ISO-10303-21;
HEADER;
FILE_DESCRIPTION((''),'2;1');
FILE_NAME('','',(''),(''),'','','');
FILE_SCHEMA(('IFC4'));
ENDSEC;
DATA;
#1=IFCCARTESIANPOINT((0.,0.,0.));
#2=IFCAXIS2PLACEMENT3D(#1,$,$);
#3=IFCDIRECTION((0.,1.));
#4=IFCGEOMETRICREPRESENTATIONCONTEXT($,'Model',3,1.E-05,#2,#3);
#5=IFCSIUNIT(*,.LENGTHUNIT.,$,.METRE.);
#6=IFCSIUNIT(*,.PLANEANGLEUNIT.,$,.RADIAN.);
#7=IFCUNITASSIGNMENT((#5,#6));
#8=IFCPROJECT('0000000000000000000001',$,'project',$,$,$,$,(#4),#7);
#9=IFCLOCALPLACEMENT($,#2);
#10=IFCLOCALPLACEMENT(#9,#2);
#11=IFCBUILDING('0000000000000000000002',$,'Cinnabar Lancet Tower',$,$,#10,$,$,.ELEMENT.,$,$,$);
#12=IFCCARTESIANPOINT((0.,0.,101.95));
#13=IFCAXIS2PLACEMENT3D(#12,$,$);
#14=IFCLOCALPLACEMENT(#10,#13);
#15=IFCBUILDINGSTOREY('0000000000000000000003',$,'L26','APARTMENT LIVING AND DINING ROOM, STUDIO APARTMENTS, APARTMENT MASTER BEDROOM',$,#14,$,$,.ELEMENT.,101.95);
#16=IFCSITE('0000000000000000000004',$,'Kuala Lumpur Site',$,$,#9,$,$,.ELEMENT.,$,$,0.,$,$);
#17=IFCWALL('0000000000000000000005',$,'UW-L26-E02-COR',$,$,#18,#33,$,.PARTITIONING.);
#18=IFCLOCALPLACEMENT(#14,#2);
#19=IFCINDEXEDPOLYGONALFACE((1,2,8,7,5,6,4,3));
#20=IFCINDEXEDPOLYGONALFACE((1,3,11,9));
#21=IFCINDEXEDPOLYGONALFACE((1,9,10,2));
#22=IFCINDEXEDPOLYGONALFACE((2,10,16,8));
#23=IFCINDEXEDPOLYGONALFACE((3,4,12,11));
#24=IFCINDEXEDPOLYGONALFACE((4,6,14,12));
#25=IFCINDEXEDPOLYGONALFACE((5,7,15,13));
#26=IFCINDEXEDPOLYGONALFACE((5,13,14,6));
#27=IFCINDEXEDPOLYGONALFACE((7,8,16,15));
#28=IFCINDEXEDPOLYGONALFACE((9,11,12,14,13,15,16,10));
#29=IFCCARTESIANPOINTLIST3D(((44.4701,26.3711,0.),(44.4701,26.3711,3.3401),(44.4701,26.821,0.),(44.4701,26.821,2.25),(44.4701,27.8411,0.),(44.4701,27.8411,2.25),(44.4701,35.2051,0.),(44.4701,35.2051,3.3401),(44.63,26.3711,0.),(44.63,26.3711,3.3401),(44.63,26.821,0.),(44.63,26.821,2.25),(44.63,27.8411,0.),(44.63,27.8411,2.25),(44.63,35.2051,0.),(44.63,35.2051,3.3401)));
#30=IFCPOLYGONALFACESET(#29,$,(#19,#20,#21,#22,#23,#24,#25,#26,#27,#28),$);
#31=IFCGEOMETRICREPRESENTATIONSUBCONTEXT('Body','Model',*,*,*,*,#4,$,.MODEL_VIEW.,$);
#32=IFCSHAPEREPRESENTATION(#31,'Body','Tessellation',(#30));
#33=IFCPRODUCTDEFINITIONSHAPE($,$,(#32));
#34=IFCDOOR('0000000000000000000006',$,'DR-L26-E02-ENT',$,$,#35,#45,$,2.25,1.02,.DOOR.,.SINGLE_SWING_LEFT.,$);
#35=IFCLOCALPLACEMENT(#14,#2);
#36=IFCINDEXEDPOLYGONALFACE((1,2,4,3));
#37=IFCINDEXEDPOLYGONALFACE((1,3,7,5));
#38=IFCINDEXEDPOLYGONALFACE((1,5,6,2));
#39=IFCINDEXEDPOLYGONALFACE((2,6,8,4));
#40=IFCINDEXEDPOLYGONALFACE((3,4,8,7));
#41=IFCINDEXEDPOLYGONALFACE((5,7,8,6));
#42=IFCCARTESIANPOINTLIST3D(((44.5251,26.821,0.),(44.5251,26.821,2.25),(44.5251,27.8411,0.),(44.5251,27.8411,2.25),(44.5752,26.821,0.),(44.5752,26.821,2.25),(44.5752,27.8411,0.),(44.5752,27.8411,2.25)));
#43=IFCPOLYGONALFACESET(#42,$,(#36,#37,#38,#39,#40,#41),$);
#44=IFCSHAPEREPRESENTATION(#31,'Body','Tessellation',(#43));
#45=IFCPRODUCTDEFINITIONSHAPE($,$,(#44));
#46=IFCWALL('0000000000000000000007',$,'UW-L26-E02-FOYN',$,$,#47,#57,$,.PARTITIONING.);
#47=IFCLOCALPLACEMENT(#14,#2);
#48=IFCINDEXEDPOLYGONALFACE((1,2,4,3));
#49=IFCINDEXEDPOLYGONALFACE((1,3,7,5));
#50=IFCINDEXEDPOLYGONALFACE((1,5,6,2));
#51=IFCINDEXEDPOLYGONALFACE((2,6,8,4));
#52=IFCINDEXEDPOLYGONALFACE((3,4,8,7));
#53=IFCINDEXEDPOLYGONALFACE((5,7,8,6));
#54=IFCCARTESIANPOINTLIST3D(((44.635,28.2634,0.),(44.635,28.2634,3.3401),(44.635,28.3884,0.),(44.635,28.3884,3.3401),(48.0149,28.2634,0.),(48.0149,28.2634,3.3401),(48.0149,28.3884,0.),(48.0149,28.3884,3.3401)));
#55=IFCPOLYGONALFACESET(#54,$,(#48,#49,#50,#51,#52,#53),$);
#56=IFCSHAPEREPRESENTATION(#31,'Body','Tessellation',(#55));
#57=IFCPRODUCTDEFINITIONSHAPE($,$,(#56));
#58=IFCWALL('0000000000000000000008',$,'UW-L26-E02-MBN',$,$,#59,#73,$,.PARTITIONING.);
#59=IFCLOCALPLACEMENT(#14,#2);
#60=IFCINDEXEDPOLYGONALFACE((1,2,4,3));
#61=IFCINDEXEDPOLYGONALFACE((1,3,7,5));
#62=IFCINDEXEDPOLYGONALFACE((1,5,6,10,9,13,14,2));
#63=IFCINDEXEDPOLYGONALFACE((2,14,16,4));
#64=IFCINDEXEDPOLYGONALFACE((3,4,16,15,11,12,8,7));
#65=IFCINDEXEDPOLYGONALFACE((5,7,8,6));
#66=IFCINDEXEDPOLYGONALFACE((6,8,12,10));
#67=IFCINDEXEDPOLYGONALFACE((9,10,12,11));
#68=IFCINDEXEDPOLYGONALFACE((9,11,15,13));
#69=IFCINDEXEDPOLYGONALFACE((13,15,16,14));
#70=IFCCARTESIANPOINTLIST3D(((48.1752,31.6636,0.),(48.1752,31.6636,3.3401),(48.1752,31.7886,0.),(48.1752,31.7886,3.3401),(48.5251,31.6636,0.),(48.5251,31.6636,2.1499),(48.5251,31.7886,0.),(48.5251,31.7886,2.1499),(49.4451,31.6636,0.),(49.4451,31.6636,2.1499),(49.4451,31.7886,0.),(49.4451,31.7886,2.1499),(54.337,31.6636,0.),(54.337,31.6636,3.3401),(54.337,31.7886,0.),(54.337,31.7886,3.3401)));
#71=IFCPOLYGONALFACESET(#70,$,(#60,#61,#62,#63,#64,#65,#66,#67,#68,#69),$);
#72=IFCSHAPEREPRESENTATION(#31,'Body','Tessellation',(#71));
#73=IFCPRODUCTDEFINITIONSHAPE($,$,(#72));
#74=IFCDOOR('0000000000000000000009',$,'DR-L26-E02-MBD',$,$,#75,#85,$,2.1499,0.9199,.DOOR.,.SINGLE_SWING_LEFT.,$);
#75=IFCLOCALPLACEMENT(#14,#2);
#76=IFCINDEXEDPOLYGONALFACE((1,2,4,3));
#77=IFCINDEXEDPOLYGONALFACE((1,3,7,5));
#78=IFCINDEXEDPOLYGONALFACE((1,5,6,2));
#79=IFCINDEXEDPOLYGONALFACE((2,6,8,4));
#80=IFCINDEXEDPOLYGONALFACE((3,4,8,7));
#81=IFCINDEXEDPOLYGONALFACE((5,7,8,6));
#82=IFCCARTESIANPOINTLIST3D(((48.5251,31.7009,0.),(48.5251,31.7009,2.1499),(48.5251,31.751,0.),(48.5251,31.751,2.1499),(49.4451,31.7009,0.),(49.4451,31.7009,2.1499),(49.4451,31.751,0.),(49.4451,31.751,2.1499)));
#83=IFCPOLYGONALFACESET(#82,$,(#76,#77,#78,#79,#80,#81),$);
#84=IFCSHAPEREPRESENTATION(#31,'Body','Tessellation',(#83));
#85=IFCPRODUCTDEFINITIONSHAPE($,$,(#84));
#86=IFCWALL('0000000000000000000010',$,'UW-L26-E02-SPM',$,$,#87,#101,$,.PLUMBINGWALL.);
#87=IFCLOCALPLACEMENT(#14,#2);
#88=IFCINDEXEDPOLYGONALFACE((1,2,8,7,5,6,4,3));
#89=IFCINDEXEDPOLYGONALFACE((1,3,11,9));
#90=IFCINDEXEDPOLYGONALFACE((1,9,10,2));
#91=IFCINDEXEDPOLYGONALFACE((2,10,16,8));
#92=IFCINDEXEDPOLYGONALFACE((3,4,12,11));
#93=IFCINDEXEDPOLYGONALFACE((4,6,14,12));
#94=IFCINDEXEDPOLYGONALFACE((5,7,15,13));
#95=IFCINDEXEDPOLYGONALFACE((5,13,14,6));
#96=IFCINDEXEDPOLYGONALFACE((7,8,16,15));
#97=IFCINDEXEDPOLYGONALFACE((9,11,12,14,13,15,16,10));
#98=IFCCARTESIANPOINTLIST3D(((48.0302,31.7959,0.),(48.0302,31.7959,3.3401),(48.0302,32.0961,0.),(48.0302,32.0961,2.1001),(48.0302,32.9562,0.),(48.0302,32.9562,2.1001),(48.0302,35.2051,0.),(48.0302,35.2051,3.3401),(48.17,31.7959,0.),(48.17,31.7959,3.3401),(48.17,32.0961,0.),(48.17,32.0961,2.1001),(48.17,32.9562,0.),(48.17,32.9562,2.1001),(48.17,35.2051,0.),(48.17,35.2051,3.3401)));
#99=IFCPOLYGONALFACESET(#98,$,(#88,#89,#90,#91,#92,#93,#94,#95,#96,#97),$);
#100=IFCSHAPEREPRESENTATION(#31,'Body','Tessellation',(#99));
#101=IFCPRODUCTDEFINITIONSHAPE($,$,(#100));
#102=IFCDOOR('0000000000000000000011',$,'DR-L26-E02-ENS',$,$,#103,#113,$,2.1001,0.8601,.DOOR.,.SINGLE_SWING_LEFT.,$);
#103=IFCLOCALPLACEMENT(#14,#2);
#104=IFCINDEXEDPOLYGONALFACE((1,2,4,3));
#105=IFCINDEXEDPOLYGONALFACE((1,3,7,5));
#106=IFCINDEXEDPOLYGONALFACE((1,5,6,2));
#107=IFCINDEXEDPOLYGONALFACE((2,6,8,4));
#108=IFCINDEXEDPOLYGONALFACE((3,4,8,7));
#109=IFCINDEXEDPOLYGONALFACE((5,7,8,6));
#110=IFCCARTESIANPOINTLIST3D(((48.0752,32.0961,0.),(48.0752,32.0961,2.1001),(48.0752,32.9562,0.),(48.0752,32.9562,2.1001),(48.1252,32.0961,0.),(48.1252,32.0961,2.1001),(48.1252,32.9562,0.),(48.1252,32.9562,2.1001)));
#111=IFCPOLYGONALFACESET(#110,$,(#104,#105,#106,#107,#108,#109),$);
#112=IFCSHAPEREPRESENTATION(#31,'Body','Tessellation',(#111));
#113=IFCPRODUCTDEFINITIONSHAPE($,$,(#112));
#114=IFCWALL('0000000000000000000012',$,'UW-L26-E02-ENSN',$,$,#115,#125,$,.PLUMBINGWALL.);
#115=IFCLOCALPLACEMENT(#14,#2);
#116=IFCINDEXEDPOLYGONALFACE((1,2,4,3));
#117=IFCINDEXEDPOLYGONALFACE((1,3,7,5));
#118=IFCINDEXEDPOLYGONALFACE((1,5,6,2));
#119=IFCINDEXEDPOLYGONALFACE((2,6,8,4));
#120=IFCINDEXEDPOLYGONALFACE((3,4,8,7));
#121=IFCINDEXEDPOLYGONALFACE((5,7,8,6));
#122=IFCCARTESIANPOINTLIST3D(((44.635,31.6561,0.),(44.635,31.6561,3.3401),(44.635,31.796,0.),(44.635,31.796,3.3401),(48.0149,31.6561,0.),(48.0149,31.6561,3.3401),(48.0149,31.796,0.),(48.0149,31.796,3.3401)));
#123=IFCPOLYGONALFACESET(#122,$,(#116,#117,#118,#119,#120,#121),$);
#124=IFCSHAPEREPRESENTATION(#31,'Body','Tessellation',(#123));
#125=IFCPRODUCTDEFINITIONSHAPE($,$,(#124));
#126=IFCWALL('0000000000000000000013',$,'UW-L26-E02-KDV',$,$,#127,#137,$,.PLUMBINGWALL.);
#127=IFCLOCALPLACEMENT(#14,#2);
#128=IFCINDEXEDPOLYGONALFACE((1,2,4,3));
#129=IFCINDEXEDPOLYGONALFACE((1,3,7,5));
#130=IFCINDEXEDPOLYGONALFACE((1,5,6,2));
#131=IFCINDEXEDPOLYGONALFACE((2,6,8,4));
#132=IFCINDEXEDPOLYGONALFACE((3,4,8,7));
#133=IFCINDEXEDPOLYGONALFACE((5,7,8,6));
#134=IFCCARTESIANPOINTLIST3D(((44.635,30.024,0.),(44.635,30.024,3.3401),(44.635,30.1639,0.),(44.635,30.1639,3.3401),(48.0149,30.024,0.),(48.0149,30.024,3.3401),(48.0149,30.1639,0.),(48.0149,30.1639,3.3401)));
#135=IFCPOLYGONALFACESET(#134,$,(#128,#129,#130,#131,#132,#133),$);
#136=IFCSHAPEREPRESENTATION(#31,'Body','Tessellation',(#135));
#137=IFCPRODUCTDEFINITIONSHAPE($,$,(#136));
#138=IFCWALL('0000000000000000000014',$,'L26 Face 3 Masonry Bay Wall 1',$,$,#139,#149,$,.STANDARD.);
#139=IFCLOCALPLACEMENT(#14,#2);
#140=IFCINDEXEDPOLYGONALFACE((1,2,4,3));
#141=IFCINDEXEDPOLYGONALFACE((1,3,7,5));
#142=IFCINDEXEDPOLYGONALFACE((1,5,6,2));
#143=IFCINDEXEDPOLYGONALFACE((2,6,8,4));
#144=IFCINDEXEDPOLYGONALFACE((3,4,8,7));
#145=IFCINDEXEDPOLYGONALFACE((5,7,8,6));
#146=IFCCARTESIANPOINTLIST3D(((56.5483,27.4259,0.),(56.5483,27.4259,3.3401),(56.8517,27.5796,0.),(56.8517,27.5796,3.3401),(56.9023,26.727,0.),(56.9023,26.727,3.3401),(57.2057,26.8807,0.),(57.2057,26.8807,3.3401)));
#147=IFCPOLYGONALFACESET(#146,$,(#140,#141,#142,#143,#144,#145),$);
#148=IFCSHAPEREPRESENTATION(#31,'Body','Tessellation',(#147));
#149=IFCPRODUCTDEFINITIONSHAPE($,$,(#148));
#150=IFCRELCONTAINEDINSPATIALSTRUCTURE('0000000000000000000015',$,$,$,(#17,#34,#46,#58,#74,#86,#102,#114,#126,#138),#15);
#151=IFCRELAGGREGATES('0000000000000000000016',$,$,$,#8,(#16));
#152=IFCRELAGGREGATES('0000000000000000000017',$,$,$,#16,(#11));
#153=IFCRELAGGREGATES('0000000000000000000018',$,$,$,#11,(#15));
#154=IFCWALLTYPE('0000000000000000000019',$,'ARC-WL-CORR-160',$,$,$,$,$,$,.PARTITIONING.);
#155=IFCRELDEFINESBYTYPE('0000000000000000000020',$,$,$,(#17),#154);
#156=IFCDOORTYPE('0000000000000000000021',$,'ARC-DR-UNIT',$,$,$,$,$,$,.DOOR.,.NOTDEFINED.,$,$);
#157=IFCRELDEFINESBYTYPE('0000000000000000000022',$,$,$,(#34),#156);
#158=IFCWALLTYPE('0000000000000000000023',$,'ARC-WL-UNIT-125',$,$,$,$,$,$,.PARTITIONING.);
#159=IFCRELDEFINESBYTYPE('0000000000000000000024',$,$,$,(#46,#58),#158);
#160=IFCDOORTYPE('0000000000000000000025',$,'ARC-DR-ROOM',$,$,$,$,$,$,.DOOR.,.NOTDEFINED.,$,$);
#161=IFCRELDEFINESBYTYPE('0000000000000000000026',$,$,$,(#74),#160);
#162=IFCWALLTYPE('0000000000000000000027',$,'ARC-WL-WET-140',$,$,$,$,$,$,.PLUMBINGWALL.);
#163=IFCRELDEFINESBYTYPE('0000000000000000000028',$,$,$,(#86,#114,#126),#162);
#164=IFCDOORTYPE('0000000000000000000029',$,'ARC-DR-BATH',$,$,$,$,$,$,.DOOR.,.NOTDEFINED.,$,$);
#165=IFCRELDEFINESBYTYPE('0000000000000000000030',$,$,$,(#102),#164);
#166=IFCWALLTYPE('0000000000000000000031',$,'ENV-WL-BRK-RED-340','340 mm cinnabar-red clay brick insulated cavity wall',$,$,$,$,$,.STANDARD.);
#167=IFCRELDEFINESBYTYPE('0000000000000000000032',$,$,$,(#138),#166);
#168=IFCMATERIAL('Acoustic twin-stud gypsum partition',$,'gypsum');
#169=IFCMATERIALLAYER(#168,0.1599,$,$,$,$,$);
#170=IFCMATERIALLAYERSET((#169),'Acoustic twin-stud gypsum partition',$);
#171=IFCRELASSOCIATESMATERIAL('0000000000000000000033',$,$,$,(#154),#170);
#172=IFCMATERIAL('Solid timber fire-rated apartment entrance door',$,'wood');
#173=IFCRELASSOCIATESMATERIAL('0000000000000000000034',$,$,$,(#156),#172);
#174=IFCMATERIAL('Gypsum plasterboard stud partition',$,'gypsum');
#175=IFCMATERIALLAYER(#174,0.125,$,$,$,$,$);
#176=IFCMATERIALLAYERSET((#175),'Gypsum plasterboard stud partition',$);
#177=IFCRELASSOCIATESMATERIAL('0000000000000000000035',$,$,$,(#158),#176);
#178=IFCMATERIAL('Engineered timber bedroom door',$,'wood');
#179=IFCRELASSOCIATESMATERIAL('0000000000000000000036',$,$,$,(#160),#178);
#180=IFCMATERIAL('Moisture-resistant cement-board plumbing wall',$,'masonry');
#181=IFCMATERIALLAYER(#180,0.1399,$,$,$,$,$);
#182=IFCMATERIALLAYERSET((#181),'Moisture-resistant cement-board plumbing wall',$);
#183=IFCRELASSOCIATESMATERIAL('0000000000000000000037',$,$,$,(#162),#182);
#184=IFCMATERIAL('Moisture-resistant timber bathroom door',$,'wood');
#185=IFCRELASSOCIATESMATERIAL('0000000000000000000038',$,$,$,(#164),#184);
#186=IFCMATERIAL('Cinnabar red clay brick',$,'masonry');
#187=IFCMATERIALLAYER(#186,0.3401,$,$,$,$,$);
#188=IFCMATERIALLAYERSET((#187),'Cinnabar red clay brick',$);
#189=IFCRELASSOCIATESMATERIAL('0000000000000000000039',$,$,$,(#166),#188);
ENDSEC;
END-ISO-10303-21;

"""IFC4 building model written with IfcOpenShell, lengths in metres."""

from ifc_helpers import new_model, si_unit, direction, frame, frame_2d, origin, place, context, subcontext, project, spatial, rectangle, extrude, material, layer, layer_set, type_object, element, fill, save


model = new_model("IFC4")

# Units and contexts
model_context = context("Model", 3, precision=1e-05, world=origin(), true_north=direction((0.0, 1.0)))
body_context = subcontext(model_context, "Body", "Model", "MODEL_VIEW")
ifc_project = project(units=[si_unit("LENGTHUNIT", "METRE"), si_unit("PLANEANGLEUNIT", "RADIAN")], contexts=[model_context])

# Site, building, storey
site_placement = place(None, origin())
site = spatial("IfcSite", under=ifc_project, at=site_placement, Name="Kuala Lumpur Site", CompositionType="ELEMENT", RefElevation=0.0)
building_placement = place(site_placement, origin())
building = spatial("IfcBuilding", under=site, at=building_placement, Name="Cinnabar Lancet Tower", CompositionType="ELEMENT")
storey_placement = place(building_placement, frame((0.0, 0.0, 101.95)))
storey = spatial("IfcBuildingStorey", under=building, at=storey_placement, Name="L26", Description="APARTMENT LIVING AND DINING ROOM, STUDIO APARTMENTS, APARTMENT MASTER BEDROOM", CompositionType="ELEMENT", Elevation=101.95)

# Wall, opening, door
ifc_material_1 = material(Name="Acoustic twin-stud gypsum partition", Category="gypsum")
ifc_layer_1 = layer(ifc_material_1, 0.1599)
ifc_layer_set_1 = layer_set([ifc_layer_1], Name="Acoustic twin-stud gypsum partition")
wall_type_1 = type_object("IfcWallType", Name="ARC-WL-CORR-160", PredefinedType="PARTITIONING", material=ifc_layer_set_1)
wall_1_placement = place(storey_placement, frame((44.55, 26.3711, 0.0), z_axis=(0.0, 0.0, 1.0), x_axis=(0.0, 1.0, 0.0)))
wall_1 = element("IfcWall", 1, at=wall_1_placement, inside=storey, type_object=wall_type_1, Name="UW-L26-E02-COR", PredefinedType="PARTITIONING", context=body_context, shape_type="SweptSolid", body=[
    extrude(rectangle(XDim=8.834, YDim=0.1599, at=frame_2d((4.417, 0.0))), origin(), (0.0, 0.0, 1.0), 3.3401),
])
opening_1_placement = place(wall_1_placement, frame((0.45, 0.0, 0.0)))
opening_1 = element("IfcOpeningElement", 2, at=opening_1_placement, cuts=wall_1, PredefinedType="OPENING", context=body_context, shape_type="SweptSolid", body=[
    extrude(rectangle(XDim=1.02, YDim=2.25, at=frame_2d((0.51, 1.125))), frame((0.0, 0.0898, 0.0), z_axis=(0.0, -1.0, 0.0), x_axis=(1.0, 0.0, 0.0)), (0.0, 0.0, 1.0), 0.1799),
])
ifc_material_2 = material(Name="Solid timber fire-rated apartment entrance door", Category="wood")
door_type_1 = type_object("IfcDoorType", Name="ARC-DR-UNIT", OperationType="NOTDEFINED", PredefinedType="DOOR", material=ifc_material_2)
door_1_placement = place(opening_1_placement, origin())
door_1 = element("IfcDoor", 3, at=door_1_placement, inside=storey, type_object=door_type_1, Name="DR-L26-E02-ENT", OperationType="SINGLE_SWING_LEFT", OverallHeight=2.25, OverallWidth=1.02, PredefinedType="DOOR", context=body_context, shape_type="SweptSolid", body=[
    extrude(rectangle(XDim=1.02, YDim=2.25, at=frame_2d((0.51, 1.125))), frame((0.0, 0.0249, 0.0), z_axis=(0.0, -1.0, 0.0), x_axis=(1.0, 0.0, 0.0)), (0.0, 0.0, 1.0), 0.05),
])
fill(opening_1, door_1)

# Wall
ifc_material_3 = material(Name="Gypsum plasterboard stud partition", Category="gypsum")
ifc_layer_2 = layer(ifc_material_3, 0.125)
ifc_layer_set_2 = layer_set([ifc_layer_2], Name="Gypsum plasterboard stud partition")
wall_type_2 = type_object("IfcWallType", Name="ARC-WL-UNIT-125", PredefinedType="PARTITIONING", material=ifc_layer_set_2)
wall_2_placement = place(storey_placement, frame((44.635, 28.3259, 0.0), z_axis=(0.0, 0.0, 1.0), x_axis=(1.0, 0.0, 0.0)))
element("IfcWall", 4, at=wall_2_placement, inside=storey, type_object=wall_type_2, Name="UW-L26-E02-FOYN", PredefinedType="PARTITIONING", context=body_context, shape_type="SweptSolid", body=[
    extrude(rectangle(XDim=3.3799, YDim=0.125, at=frame_2d((1.6899, 0.0))), origin(), (0.0, 0.0, 1.0), 3.3401),
])

# Wall, opening, door
wall_3_placement = place(storey_placement, frame((48.175, 31.7261, 0.0), z_axis=(0.0, 0.0, 1.0), x_axis=(1.0, 0.0, 0.0)))
wall_3 = element("IfcWall", 5, at=wall_3_placement, inside=storey, type_object=wall_type_2, Name="UW-L26-E02-MBN", PredefinedType="PARTITIONING", context=body_context, shape_type="SweptSolid", body=[
    extrude(rectangle(XDim=6.1619, YDim=0.125, at=frame_2d((3.0811, 0.0))), origin(), (0.0, 0.0, 1.0), 3.3401),
])
opening_2_placement = place(wall_3_placement, frame((0.3501, 0.0, 0.0)))
opening_2 = element("IfcOpeningElement", 6, at=opening_2_placement, cuts=wall_3, PredefinedType="OPENING", context=body_context, shape_type="SweptSolid", body=[
    extrude(rectangle(XDim=0.9199, YDim=2.1499, at=frame_2d((0.46, 1.075))), frame((0.0, 0.0725, 0.0), z_axis=(0.0, -1.0, 0.0), x_axis=(1.0, 0.0, 0.0)), (0.0, 0.0, 1.0), 0.145),
])
ifc_material_4 = material(Name="Engineered timber bedroom door", Category="wood")
door_type_2 = type_object("IfcDoorType", Name="ARC-DR-ROOM", OperationType="NOTDEFINED", PredefinedType="DOOR", material=ifc_material_4)
door_2_placement = place(opening_2_placement, origin())
door_2 = element("IfcDoor", 7, at=door_2_placement, inside=storey, type_object=door_type_2, Name="DR-L26-E02-MBD", OperationType="SINGLE_SWING_LEFT", OverallHeight=2.1499, OverallWidth=0.9199, PredefinedType="DOOR", context=body_context, shape_type="SweptSolid", body=[
    extrude(rectangle(XDim=0.9199, YDim=2.1499, at=frame_2d((0.46, 1.075))), frame((0.0, 0.0249, 0.0), z_axis=(0.0, -1.0, 0.0), x_axis=(1.0, 0.0, 0.0)), (0.0, 0.0, 1.0), 0.05),
])
fill(opening_2, door_2)

# Shared definitions
ifc_material_5 = material(Name="Moisture-resistant cement-board plumbing wall", Category="masonry")
ifc_layer_3 = layer(ifc_material_5, 0.1399)
ifc_layer_set_3 = layer_set([ifc_layer_3], Name="Moisture-resistant cement-board plumbing wall")
wall_type_3 = type_object("IfcWallType", Name="ARC-WL-WET-140", PredefinedType="PLUMBINGWALL", material=ifc_layer_set_3)
ifc_material_6 = material(Name="Moisture-resistant timber bathroom door", Category="wood")
door_type_3 = type_object("IfcDoorType", Name="ARC-DR-BATH", OperationType="NOTDEFINED", PredefinedType="DOOR", material=ifc_material_6)

# Wall, opening, door
wall_4_placement = place(storey_placement, frame((48.1001, 31.7959, 0.0), z_axis=(0.0, 0.0, 1.0), x_axis=(0.0, 1.0, 0.0)))
wall_4 = element("IfcWall", 8, at=wall_4_placement, inside=storey, type_object=wall_type_3, Name="UW-L26-E02-SPM", PredefinedType="PLUMBINGWALL", context=body_context, shape_type="SweptSolid", body=[
    extrude(rectangle(XDim=3.4092, YDim=0.1399, at=frame_2d((1.7046, 0.0))), origin(), (0.0, 0.0, 1.0), 3.3401),
])
opening_3_placement = place(wall_4_placement, frame((0.3, 0.0, 0.0)))
opening_3 = element("IfcOpeningElement", 9, at=opening_3_placement, cuts=wall_4, PredefinedType="OPENING", context=body_context, shape_type="SweptSolid", body=[
    extrude(rectangle(XDim=0.8601, YDim=2.1001, at=frame_2d((0.4302, 1.05))), frame((0.0, 0.0798, 0.0), z_axis=(0.0, -1.0, 0.0), x_axis=(1.0, 0.0, 0.0)), (0.0, 0.0, 1.0), 0.1599),
])
door_3_placement = place(opening_3_placement, origin())
door_3 = element("IfcDoor", 10, at=door_3_placement, inside=storey, type_object=door_type_3, Name="DR-L26-E02-ENS", OperationType="SINGLE_SWING_LEFT", OverallHeight=2.1001, OverallWidth=0.8601, PredefinedType="DOOR", context=body_context, shape_type="SweptSolid", body=[
    extrude(rectangle(XDim=0.8601, YDim=2.1001, at=frame_2d((0.4302, 1.05))), frame((0.0, 0.0249, 0.0), z_axis=(0.0, -1.0, 0.0), x_axis=(1.0, 0.0, 0.0)), (0.0, 0.0, 1.0), 0.05),
])
fill(opening_3, door_3)

# Walls
for number, where, z_axis, x_axis, name in (
    (11, (44.635, 31.7261, 0.0), (0.0, 0.0, 1.0), (1.0, 0.0, 0.0), "UW-L26-E02-ENSN"),
    (12, (44.635, 30.094, 0.0), (0.0, 0.0, 1.0), (1.0, 0.0, 0.0), "UW-L26-E02-KDV"),
):
    element("IfcWall", number, at=place(storey_placement, frame(where, z_axis=z_axis, x_axis=x_axis)), inside=storey, type_object=wall_type_3, Name=name, PredefinedType="PLUMBINGWALL", context=body_context, shape_type="SweptSolid", body=[
        extrude(rectangle(XDim=3.3799, YDim=0.1399, at=frame_2d((1.6899, 0.0))), origin(), (0.0, 0.0, 1.0), 3.3401),
    ])
ifc_material_7 = material(Name="Cinnabar red clay brick", Category="masonry")
ifc_layer_4 = layer(ifc_material_7, 0.3401)
ifc_layer_set_4 = layer_set([ifc_layer_4], Name="Cinnabar red clay brick")
wall_type_4 = type_object("IfcWallType", Name="ENV-WL-BRK-RED-340", Description="340 mm cinnabar-red clay brick insulated cavity wall", PredefinedType="STANDARD", material=ifc_layer_set_4)
wall_5_placement = place(storey_placement, frame((57.054, 26.804, 0.0), z_axis=(0.0, 0.0, 1.0), x_axis=(-0.451819, 0.892109, 0.0)))
element("IfcWall", 13, at=wall_5_placement, inside=storey, type_object=wall_type_4, Name="L26 Face 3 Masonry Bay Wall 1", PredefinedType="STANDARD", context=body_context, shape_type="SweptSolid", body=[
    extrude(rectangle(XDim=0.7834, YDim=0.3401, at=frame_2d((0.3916, 0.0))), origin(), (0.0, 0.0, 1.0), 3.3401),
])

save(model, "model.ifc")
